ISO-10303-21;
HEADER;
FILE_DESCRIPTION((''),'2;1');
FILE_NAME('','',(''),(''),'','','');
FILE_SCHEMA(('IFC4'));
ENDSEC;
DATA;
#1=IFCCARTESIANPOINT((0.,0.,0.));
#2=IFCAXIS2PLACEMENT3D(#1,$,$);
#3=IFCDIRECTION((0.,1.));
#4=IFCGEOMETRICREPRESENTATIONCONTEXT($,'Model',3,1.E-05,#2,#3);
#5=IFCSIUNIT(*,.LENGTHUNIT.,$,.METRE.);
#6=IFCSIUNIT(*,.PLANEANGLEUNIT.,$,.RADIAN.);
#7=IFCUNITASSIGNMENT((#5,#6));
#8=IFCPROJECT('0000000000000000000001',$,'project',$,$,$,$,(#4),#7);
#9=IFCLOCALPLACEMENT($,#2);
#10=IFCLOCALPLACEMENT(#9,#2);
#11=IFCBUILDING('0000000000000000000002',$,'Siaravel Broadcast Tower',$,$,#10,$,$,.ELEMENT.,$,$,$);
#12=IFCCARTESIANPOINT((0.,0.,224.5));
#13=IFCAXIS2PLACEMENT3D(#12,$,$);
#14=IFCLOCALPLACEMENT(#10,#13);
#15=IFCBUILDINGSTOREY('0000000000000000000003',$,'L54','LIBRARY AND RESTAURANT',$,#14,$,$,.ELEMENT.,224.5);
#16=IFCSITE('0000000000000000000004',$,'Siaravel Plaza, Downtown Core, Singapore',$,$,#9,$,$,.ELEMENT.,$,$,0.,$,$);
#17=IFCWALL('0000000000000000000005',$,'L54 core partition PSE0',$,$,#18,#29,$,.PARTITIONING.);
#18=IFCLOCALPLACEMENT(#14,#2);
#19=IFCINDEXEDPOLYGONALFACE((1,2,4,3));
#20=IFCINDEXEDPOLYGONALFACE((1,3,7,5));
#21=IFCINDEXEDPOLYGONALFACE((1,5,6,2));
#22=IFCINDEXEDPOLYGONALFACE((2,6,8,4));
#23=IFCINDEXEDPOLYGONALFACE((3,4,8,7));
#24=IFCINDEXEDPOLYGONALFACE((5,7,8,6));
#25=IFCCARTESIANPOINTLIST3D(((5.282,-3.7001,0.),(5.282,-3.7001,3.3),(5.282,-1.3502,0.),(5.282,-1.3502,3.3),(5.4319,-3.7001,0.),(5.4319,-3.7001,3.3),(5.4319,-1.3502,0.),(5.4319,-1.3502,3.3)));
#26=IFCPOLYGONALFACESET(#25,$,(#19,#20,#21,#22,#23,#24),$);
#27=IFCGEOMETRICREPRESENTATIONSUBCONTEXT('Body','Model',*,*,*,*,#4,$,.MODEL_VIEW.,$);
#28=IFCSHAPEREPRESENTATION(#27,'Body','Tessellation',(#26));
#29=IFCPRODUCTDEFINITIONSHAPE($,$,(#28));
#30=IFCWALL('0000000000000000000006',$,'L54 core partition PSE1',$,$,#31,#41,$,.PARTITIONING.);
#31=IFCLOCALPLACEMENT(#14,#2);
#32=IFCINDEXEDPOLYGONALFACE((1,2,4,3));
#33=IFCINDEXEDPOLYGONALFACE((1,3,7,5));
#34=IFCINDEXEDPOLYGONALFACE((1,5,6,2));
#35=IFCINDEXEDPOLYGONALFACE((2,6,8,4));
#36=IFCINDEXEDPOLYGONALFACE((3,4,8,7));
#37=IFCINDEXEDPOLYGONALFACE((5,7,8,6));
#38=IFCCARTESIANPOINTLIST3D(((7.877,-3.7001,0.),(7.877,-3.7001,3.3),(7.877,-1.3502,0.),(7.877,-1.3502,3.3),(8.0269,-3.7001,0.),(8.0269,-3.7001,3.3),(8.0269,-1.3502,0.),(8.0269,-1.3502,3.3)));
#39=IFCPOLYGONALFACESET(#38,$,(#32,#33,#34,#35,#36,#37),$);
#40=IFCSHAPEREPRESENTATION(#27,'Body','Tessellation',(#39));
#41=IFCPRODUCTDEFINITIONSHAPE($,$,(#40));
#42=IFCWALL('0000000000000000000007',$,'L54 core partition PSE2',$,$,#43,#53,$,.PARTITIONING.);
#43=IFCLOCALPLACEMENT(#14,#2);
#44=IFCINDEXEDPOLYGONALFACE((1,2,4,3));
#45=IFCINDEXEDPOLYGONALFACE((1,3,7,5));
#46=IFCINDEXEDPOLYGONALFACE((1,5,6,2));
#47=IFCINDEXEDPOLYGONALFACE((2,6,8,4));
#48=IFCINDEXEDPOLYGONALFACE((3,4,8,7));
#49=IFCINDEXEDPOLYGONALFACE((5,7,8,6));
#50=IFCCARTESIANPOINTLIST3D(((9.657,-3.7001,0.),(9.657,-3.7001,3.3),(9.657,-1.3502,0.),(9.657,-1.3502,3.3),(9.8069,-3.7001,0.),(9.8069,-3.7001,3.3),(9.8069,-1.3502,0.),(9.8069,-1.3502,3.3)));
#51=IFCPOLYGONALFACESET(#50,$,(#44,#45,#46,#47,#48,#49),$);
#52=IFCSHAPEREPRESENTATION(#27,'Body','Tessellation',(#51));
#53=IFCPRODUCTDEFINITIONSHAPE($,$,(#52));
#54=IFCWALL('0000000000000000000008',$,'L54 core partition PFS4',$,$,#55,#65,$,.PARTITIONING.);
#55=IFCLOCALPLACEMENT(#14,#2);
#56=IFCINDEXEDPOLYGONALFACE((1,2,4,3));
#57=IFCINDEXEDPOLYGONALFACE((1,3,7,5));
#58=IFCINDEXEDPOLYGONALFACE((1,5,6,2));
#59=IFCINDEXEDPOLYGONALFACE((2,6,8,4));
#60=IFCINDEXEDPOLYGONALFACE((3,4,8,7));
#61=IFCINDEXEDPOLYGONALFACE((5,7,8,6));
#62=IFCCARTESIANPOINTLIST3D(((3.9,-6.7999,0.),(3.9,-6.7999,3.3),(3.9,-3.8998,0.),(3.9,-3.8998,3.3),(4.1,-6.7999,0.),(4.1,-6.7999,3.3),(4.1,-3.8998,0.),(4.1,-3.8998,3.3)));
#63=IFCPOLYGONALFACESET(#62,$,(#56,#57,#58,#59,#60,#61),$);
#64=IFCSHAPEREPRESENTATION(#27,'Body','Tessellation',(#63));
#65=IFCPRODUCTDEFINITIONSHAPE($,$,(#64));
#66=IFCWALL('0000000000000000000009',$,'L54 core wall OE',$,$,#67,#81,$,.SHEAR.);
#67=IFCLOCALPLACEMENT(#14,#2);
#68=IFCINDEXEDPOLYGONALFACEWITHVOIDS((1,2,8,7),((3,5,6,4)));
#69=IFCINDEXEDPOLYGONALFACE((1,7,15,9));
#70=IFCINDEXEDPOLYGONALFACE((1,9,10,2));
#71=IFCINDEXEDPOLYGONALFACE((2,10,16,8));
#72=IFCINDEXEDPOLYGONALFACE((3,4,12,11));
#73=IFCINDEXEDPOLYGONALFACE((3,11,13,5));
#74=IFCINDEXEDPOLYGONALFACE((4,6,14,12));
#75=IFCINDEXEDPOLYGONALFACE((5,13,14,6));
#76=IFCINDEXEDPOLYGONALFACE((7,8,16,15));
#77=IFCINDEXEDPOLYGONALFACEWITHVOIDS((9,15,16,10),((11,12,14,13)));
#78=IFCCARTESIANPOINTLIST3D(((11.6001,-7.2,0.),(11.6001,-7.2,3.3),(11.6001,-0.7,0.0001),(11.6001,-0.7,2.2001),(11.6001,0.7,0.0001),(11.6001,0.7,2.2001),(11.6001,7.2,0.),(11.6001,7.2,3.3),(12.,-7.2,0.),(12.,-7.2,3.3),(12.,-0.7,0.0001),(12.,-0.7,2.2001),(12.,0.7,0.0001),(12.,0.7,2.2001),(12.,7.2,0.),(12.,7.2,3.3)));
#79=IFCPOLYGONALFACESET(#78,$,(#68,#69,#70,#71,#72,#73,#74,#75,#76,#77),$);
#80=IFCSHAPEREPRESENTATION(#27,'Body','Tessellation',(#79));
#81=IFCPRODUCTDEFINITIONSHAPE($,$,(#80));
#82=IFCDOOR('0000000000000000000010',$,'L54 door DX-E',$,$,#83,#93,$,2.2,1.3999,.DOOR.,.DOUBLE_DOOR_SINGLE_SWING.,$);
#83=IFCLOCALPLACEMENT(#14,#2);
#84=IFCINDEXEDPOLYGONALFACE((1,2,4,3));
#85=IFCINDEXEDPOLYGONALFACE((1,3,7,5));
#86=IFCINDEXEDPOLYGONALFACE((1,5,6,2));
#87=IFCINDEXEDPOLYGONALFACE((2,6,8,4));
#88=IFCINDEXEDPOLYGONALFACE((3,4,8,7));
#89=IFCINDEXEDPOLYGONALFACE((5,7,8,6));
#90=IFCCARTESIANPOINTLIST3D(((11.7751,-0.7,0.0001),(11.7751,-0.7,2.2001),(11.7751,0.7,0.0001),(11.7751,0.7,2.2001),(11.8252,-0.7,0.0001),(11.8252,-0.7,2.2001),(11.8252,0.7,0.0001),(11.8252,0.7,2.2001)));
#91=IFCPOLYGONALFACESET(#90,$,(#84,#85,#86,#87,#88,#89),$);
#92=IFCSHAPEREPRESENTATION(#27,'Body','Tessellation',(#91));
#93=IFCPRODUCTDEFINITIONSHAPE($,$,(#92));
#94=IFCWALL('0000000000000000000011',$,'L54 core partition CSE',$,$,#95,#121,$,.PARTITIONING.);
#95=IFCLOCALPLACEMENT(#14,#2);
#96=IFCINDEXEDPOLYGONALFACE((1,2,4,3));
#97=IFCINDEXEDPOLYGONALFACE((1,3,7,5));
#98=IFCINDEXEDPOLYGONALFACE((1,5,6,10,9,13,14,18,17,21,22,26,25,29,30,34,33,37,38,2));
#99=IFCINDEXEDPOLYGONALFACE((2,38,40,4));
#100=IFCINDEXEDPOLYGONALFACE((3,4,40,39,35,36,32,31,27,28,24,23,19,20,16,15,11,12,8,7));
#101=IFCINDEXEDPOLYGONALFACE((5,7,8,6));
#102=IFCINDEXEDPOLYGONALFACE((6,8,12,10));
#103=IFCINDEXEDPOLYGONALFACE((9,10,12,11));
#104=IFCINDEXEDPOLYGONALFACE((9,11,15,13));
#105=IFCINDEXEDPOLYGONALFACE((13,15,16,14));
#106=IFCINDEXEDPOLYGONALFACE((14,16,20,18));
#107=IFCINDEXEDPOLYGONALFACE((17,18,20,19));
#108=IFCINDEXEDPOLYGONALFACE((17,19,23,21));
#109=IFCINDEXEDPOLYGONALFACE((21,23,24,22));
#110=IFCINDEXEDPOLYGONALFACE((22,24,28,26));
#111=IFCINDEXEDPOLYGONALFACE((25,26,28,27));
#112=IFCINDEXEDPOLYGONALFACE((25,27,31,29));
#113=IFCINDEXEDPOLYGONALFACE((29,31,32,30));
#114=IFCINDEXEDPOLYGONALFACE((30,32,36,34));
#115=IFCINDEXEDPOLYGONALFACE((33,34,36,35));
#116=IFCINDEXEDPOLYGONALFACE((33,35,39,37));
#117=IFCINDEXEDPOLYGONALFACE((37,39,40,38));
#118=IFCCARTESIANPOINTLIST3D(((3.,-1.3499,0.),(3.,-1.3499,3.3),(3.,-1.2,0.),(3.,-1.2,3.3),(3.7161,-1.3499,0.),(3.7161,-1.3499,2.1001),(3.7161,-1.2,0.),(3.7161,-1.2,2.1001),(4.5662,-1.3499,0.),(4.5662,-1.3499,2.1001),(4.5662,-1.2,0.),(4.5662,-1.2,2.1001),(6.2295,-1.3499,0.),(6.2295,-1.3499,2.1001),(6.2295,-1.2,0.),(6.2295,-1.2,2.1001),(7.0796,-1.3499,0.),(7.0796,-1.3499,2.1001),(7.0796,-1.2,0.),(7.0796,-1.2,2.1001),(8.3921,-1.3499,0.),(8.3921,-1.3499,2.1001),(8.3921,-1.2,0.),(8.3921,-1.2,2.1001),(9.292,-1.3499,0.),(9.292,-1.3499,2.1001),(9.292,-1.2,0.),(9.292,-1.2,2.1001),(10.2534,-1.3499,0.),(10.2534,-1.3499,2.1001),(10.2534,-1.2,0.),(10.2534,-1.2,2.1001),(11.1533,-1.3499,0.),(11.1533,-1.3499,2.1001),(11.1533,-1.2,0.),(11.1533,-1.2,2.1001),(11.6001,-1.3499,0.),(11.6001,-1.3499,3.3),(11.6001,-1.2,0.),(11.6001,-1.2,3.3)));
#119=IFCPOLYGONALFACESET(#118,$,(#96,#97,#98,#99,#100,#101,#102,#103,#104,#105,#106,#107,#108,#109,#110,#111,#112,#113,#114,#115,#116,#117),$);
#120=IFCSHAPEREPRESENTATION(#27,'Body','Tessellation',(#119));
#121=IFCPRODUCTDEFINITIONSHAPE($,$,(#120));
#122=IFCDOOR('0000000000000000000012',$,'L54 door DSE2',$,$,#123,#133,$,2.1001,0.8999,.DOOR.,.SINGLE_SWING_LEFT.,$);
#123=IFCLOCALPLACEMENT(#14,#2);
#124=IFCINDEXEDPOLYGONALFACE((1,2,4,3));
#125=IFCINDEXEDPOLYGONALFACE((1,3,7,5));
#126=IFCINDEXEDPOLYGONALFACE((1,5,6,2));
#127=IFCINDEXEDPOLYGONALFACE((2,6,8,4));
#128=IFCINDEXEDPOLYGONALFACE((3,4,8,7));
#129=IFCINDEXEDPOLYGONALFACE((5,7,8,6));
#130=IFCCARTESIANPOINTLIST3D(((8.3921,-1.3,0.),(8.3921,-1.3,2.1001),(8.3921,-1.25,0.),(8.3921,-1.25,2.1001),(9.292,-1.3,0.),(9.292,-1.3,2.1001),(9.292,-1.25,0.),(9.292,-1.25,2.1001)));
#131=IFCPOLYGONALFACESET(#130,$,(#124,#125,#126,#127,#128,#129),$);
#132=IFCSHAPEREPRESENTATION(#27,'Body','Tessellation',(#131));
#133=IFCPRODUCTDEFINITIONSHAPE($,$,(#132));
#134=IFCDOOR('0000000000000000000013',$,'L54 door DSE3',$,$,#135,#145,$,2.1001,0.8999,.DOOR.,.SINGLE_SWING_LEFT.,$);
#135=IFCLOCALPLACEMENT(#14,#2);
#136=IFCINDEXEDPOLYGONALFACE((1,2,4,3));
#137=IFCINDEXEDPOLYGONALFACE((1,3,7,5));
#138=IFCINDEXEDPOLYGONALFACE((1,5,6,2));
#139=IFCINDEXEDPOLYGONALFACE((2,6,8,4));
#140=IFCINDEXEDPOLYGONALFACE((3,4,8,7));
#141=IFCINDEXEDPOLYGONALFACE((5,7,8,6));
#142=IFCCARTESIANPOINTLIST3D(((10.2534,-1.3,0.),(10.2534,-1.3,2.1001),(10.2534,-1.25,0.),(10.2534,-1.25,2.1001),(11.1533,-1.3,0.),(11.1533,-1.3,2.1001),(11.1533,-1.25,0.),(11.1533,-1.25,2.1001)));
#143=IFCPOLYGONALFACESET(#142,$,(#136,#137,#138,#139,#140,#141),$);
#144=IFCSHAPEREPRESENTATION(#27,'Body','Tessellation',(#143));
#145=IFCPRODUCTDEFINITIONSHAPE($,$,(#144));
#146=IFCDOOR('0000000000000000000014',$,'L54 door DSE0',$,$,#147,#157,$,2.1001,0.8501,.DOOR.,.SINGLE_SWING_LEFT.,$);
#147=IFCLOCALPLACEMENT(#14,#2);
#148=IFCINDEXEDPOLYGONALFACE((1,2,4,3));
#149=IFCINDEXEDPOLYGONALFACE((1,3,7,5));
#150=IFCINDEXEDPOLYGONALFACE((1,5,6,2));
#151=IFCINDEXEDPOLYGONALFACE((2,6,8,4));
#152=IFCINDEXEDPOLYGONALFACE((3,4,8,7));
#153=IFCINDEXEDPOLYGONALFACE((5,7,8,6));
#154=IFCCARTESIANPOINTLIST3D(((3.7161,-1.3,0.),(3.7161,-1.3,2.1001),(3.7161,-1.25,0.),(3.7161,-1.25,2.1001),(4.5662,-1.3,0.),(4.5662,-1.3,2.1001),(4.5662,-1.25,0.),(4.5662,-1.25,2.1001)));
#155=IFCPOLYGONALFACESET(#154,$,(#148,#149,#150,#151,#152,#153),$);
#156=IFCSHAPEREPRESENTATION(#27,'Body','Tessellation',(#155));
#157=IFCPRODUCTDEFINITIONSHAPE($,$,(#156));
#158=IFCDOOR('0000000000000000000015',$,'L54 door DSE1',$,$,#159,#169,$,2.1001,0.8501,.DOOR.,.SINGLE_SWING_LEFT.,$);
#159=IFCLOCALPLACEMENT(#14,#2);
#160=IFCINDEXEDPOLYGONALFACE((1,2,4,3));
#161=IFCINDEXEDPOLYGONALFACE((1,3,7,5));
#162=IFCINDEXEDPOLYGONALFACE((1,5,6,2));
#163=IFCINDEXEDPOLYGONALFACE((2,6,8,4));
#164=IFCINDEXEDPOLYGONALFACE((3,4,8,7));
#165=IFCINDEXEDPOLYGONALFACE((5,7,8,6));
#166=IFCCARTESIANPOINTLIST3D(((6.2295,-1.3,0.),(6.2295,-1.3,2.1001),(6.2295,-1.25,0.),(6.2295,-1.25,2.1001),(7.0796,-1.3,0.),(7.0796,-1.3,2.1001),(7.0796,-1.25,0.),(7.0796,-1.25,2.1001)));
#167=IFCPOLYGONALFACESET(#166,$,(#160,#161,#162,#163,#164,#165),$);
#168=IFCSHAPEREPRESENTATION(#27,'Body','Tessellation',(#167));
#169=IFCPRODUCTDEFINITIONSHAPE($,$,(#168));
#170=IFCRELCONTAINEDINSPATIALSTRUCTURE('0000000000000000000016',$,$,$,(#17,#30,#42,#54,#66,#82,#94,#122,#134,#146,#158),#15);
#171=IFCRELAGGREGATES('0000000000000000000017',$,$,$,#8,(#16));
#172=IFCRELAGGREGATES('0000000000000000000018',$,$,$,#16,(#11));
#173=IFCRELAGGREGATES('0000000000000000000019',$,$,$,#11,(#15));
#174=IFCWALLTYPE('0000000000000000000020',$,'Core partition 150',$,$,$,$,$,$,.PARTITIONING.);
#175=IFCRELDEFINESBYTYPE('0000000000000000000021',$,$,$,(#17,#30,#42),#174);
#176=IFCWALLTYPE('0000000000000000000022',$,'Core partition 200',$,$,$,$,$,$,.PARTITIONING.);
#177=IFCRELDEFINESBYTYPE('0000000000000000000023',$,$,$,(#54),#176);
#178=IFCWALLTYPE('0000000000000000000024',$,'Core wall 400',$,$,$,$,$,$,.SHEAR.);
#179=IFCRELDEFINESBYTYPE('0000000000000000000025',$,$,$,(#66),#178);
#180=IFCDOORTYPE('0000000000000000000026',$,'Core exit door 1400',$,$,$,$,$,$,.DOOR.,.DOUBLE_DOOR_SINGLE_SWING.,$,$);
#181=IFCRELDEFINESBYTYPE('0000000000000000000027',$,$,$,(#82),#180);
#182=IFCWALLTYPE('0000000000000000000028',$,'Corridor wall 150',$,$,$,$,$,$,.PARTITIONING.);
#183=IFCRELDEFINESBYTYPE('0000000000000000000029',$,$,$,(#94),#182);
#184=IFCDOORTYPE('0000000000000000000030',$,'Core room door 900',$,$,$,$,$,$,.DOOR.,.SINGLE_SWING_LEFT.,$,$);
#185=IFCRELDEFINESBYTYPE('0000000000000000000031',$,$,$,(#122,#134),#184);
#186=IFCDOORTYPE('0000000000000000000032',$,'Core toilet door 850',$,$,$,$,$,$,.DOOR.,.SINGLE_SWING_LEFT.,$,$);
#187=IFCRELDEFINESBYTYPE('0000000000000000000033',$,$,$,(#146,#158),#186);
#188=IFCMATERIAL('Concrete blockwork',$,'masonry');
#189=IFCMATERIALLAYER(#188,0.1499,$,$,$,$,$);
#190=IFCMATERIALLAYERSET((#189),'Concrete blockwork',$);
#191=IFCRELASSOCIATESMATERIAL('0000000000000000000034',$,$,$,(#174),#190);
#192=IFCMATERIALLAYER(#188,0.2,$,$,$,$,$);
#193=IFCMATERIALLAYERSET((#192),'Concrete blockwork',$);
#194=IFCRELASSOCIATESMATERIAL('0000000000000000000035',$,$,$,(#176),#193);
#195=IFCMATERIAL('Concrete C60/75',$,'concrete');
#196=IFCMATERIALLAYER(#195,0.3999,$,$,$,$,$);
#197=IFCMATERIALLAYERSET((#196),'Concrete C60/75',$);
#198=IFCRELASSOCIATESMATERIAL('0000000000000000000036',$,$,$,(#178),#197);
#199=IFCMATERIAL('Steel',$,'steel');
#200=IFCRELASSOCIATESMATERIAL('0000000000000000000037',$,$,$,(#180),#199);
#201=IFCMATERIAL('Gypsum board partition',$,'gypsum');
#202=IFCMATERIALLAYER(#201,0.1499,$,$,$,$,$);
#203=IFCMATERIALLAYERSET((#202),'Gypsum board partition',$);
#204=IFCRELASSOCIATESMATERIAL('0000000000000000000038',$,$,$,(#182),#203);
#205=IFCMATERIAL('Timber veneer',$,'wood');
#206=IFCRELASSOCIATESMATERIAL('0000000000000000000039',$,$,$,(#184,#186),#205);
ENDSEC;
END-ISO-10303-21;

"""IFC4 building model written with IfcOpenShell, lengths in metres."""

from ifc_helpers import new_model, si_unit, direction, frame, frame_2d, origin, place, context, subcontext, project, spatial, rectangle, extrude, material, layer, layer_set, type_object, element, fill, save


model = new_model("IFC4")

# Units and contexts
model_context = context("Model", 3, precision=1e-05, world=origin(), true_north=direction((0.0, 1.0)))
body_context = subcontext(model_context, "Body", "Model", "MODEL_VIEW")
ifc_project = project(units=[si_unit("LENGTHUNIT", "METRE"), si_unit("PLANEANGLEUNIT", "RADIAN")], contexts=[model_context])

# Site, building, storey
site_placement = place(None, origin())
site = spatial("IfcSite", under=ifc_project, at=site_placement, Name="Siaravel Plaza, Downtown Core, Singapore", CompositionType="ELEMENT", RefElevation=0.0)
building_placement = place(site_placement, origin())
building = spatial("IfcBuilding", under=site, at=building_placement, Name="Siaravel Broadcast Tower", CompositionType="ELEMENT")
storey_placement = place(building_placement, frame((0.0, 0.0, 224.5)))
storey = spatial("IfcBuildingStorey", under=building, at=storey_placement, Name="L54", Description="LIBRARY AND RESTAURANT", CompositionType="ELEMENT", Elevation=224.5)

# Walls
ifc_material_1 = material(Name="Concrete blockwork", Category="masonry")
ifc_layer_1 = layer(ifc_material_1, 0.1499)
ifc_layer_set_1 = layer_set([ifc_layer_1], Name="Concrete blockwork")
wall_type_1 = type_object("IfcWallType", Name="Core partition 150", PredefinedType="PARTITIONING", material=ifc_layer_set_1)
for number, where, z_axis, x_axis, name in (
    (1, (5.3569, -3.7, 0.0), (0.0, 0.0, 1.0), (0.0, 1.0, 0.0), "L54 core partition PSE0"),
    (2, (7.9519, -3.7, 0.0), (0.0, 0.0, 1.0), (0.0, 1.0, 0.0), "L54 core partition PSE1"),
    (3, (9.7319, -3.7, 0.0), (0.0, 0.0, 1.0), (0.0, 1.0, 0.0), "L54 core partition PSE2"),
):
    element("IfcWall", number, at=place(storey_placement, frame(where, z_axis=z_axis, x_axis=x_axis)), inside=storey, type_object=wall_type_1, Name=name, PredefinedType="PARTITIONING", context=body_context, shape_type="SweptSolid", body=[
        extrude(rectangle(XDim=2.3499, YDim=0.1499, at=frame_2d((1.1748, 0.0))), origin(), (0.0, 0.0, 1.0), 3.3),
    ])
ifc_layer_2 = layer(ifc_material_1, 0.2)
ifc_layer_set_2 = layer_set([ifc_layer_2], Name="Concrete blockwork")
wall_type_2 = type_object("IfcWallType", Name="Core partition 200", PredefinedType="PARTITIONING", material=ifc_layer_set_2)
wall_1_placement = place(storey_placement, frame((4.0, -6.8, 0.0), z_axis=(0.0, 0.0, 1.0), x_axis=(0.0, 1.0, 0.0)))
element("IfcWall", 4, at=wall_1_placement, inside=storey, type_object=wall_type_2, Name="L54 core partition PFS4", PredefinedType="PARTITIONING", context=body_context, shape_type="SweptSolid", body=[
    extrude(rectangle(XDim=2.9001, YDim=0.2, at=frame_2d((1.4502, 0.0))), origin(), (0.0, 0.0, 1.0), 3.3),
])

# Wall, opening, door
ifc_material_2 = material(Name="Concrete C60/75", Category="concrete")
ifc_layer_3 = layer(ifc_material_2, 0.3999)
ifc_layer_set_3 = layer_set([ifc_layer_3], Name="Concrete C60/75")
wall_type_3 = type_object("IfcWallType", Name="Core wall 400", PredefinedType="SHEAR", material=ifc_layer_set_3)
wall_2_placement = place(storey_placement, frame((11.8, -7.2, 0.0), z_axis=(0.0, 0.0, 1.0), x_axis=(0.0, 1.0, 0.0)))
wall_2 = element("IfcWall", 5, at=wall_2_placement, inside=storey, type_object=wall_type_3, Name="L54 core wall OE", PredefinedType="SHEAR", context=body_context, shape_type="SweptSolid", body=[
    extrude(rectangle(XDim=14.3999, YDim=0.3999, at=frame_2d((7.2, 0.0))), origin(), (0.0, 0.0, 1.0), 3.3),
])
opening_1_placement = place(wall_2_placement, frame((6.5, 0.0, 0.0)))
opening_1 = element("IfcOpeningElement", 6, at=opening_1_placement, cuts=wall_2, PredefinedType="OPENING", context=body_context, shape_type="SweptSolid", body=[
    extrude(rectangle(XDim=1.3999, YDim=2.2, at=frame_2d((0.7, 1.1001))), frame((0.0, 0.21, 0.0), z_axis=(0.0, -1.0, 0.0), x_axis=(1.0, 0.0, 0.0)), (0.0, 0.0, 1.0), 0.4199),
])
ifc_material_3 = material(Name="Steel", Category="steel")
door_type_1 = type_object("IfcDoorType", Name="Core exit door 1400", OperationType="DOUBLE_DOOR_SINGLE_SWING", PredefinedType="DOOR", material=ifc_material_3)
door_1_placement = place(opening_1_placement, origin())
door_1 = element("IfcDoor", 7, at=door_1_placement, inside=storey, type_object=door_type_1, Name="L54 door DX-E", OperationType="DOUBLE_DOOR_SINGLE_SWING", OverallHeight=2.2, OverallWidth=1.3999, PredefinedType="DOOR", context=body_context, shape_type="SweptSolid", body=[
    extrude(rectangle(XDim=1.3999, YDim=2.2, at=frame_2d((0.7, 1.1001))), frame((0.0, 0.0249, 0.0), z_axis=(0.0, -1.0, 0.0), x_axis=(1.0, 0.0, 0.0)), (0.0, 0.0, 1.0), 0.05),
])
fill(opening_1, door_1)

# Wall, openings, doors
ifc_material_4 = material(Name="Gypsum board partition", Category="gypsum")
ifc_layer_4 = layer(ifc_material_4, 0.1499)
ifc_layer_set_4 = layer_set([ifc_layer_4], Name="Gypsum board partition")
wall_type_4 = type_object("IfcWallType", Name="Corridor wall 150", PredefinedType="PARTITIONING", material=ifc_layer_set_4)
wall_3_placement = place(storey_placement, frame((3.0, -1.2749, 0.0), z_axis=(0.0, 0.0, 1.0), x_axis=(1.0, 0.0, 0.0)))
wall_3 = element("IfcWall", 8, at=wall_3_placement, inside=storey, type_object=wall_type_4, Name="L54 core partition CSE", PredefinedType="PARTITIONING", context=body_context, shape_type="SweptSolid", body=[
    extrude(rectangle(XDim=8.6001, YDim=0.1499, at=frame_2d((4.3, 0.0))), origin(), (0.0, 0.0, 1.0), 3.3),
])
opening_2_placement = place(wall_3_placement, frame((0.7161, 0.0, 0.0)))
opening_2 = element("IfcOpeningElement", 9, at=opening_2_placement, cuts=wall_3, PredefinedType="OPENING", context=body_context, shape_type="SweptSolid", body=[
    extrude(rectangle(XDim=0.8501, YDim=2.1001, at=frame_2d((0.425, 1.05))), frame((0.0, 0.085, 0.0), z_axis=(0.0, -1.0, 0.0), x_axis=(1.0, 0.0, 0.0)), (0.0, 0.0, 1.0), 0.1699),
])
opening_3_placement = place(wall_3_placement, frame((3.2295, 0.0, 0.0)))
opening_3 = element("IfcOpeningElement", 10, at=opening_3_placement, cuts=wall_3, PredefinedType="OPENING", context=body_context, shape_type="SweptSolid", body=[
    extrude(rectangle(XDim=0.8501, YDim=2.1001, at=frame_2d((0.425, 1.05))), frame((0.0, 0.085, 0.0), z_axis=(0.0, -1.0, 0.0), x_axis=(1.0, 0.0, 0.0)), (0.0, 0.0, 1.0), 0.1699),
])
opening_4_placement = place(wall_3_placement, frame((5.3921, 0.0, 0.0)))
opening_4 = element("IfcOpeningElement", 11, at=opening_4_placement, cuts=wall_3, PredefinedType="OPENING", context=body_context, shape_type="SweptSolid", body=[
    extrude(rectangle(XDim=0.8999, YDim=2.1001, at=frame_2d((0.45, 1.05))), frame((0.0, 0.085, 0.0), z_axis=(0.0, -1.0, 0.0), x_axis=(1.0, 0.0, 0.0)), (0.0, 0.0, 1.0), 0.1699),
])
opening_5_placement = place(wall_3_placement, frame((7.2534, 0.0, 0.0)))
opening_5 = element("IfcOpeningElement", 12, at=opening_5_placement, cuts=wall_3, PredefinedType="OPENING", context=body_context, shape_type="SweptSolid", body=[
    extrude(rectangle(XDim=0.8999, YDim=2.1001, at=frame_2d((0.45, 1.05))), frame((0.0, 0.085, 0.0), z_axis=(0.0, -1.0, 0.0), x_axis=(1.0, 0.0, 0.0)), (0.0, 0.0, 1.0), 0.1699),
])
ifc_material_5 = material(Name="Timber veneer", Category="wood")
door_type_2 = type_object("IfcDoorType", Name="Core room door 900", OperationType="SINGLE_SWING_LEFT", PredefinedType="DOOR", material=ifc_material_5)
door_2_placement = place(opening_4_placement, origin())
door_2 = element("IfcDoor", 13, at=door_2_placement, inside=storey, type_object=door_type_2, Name="L54 door DSE2", OperationType="SINGLE_SWING_LEFT", OverallHeight=2.1001, OverallWidth=0.8999, PredefinedType="DOOR", context=body_context, shape_type="SweptSolid", body=[
    extrude(rectangle(XDim=0.8999, YDim=2.1001, at=frame_2d((0.45, 1.05))), frame((0.0, 0.0249, 0.0), z_axis=(0.0, -1.0, 0.0), x_axis=(1.0, 0.0, 0.0)), (0.0, 0.0, 1.0), 0.05),
])
fill(opening_4, door_2)
door_3_placement = place(opening_5_placement, origin())
door_3 = element("IfcDoor", 14, at=door_3_placement, inside=storey, type_object=door_type_2, Name="L54 door DSE3", OperationType="SINGLE_SWING_LEFT", OverallHeight=2.1001, OverallWidth=0.8999, PredefinedType="DOOR", context=body_context, shape_type="SweptSolid", body=[
    extrude(rectangle(XDim=0.8999, YDim=2.1001, at=frame_2d((0.45, 1.05))), frame((0.0, 0.0249, 0.0), z_axis=(0.0, -1.0, 0.0), x_axis=(1.0, 0.0, 0.0)), (0.0, 0.0, 1.0), 0.05),
])
fill(opening_5, door_3)
door_type_3 = type_object("IfcDoorType", Name="Core toilet door 850", OperationType="SINGLE_SWING_LEFT", PredefinedType="DOOR", material=ifc_material_5)
door_4_placement = place(opening_2_placement, origin())
door_4 = element("IfcDoor", 15, at=door_4_placement, inside=storey, type_object=door_type_3, Name="L54 door DSE0", OperationType="SINGLE_SWING_LEFT", OverallHeight=2.1001, OverallWidth=0.8501, PredefinedType="DOOR", context=body_context, shape_type="SweptSolid", body=[
    extrude(rectangle(XDim=0.8501, YDim=2.1001, at=frame_2d((0.425, 1.05))), frame((0.0, 0.0249, 0.0), z_axis=(0.0, -1.0, 0.0), x_axis=(1.0, 0.0, 0.0)), (0.0, 0.0, 1.0), 0.05),
])
fill(opening_2, door_4)
door_5_placement = place(opening_3_placement, origin())
door_5 = element("IfcDoor", 16, at=door_5_placement, inside=storey, type_object=door_type_3, Name="L54 door DSE1", OperationType="SINGLE_SWING_LEFT", OverallHeight=2.1001, OverallWidth=0.8501, PredefinedType="DOOR", context=body_context, shape_type="SweptSolid", body=[
    extrude(rectangle(XDim=0.8501, YDim=2.1001, at=frame_2d((0.425, 1.05))), frame((0.0, 0.0249, 0.0), z_axis=(0.0, -1.0, 0.0), x_axis=(1.0, 0.0, 0.0)), (0.0, 0.0, 1.0), 0.05),
])
fill(opening_3, door_5)

save(model, "model.ifc")
